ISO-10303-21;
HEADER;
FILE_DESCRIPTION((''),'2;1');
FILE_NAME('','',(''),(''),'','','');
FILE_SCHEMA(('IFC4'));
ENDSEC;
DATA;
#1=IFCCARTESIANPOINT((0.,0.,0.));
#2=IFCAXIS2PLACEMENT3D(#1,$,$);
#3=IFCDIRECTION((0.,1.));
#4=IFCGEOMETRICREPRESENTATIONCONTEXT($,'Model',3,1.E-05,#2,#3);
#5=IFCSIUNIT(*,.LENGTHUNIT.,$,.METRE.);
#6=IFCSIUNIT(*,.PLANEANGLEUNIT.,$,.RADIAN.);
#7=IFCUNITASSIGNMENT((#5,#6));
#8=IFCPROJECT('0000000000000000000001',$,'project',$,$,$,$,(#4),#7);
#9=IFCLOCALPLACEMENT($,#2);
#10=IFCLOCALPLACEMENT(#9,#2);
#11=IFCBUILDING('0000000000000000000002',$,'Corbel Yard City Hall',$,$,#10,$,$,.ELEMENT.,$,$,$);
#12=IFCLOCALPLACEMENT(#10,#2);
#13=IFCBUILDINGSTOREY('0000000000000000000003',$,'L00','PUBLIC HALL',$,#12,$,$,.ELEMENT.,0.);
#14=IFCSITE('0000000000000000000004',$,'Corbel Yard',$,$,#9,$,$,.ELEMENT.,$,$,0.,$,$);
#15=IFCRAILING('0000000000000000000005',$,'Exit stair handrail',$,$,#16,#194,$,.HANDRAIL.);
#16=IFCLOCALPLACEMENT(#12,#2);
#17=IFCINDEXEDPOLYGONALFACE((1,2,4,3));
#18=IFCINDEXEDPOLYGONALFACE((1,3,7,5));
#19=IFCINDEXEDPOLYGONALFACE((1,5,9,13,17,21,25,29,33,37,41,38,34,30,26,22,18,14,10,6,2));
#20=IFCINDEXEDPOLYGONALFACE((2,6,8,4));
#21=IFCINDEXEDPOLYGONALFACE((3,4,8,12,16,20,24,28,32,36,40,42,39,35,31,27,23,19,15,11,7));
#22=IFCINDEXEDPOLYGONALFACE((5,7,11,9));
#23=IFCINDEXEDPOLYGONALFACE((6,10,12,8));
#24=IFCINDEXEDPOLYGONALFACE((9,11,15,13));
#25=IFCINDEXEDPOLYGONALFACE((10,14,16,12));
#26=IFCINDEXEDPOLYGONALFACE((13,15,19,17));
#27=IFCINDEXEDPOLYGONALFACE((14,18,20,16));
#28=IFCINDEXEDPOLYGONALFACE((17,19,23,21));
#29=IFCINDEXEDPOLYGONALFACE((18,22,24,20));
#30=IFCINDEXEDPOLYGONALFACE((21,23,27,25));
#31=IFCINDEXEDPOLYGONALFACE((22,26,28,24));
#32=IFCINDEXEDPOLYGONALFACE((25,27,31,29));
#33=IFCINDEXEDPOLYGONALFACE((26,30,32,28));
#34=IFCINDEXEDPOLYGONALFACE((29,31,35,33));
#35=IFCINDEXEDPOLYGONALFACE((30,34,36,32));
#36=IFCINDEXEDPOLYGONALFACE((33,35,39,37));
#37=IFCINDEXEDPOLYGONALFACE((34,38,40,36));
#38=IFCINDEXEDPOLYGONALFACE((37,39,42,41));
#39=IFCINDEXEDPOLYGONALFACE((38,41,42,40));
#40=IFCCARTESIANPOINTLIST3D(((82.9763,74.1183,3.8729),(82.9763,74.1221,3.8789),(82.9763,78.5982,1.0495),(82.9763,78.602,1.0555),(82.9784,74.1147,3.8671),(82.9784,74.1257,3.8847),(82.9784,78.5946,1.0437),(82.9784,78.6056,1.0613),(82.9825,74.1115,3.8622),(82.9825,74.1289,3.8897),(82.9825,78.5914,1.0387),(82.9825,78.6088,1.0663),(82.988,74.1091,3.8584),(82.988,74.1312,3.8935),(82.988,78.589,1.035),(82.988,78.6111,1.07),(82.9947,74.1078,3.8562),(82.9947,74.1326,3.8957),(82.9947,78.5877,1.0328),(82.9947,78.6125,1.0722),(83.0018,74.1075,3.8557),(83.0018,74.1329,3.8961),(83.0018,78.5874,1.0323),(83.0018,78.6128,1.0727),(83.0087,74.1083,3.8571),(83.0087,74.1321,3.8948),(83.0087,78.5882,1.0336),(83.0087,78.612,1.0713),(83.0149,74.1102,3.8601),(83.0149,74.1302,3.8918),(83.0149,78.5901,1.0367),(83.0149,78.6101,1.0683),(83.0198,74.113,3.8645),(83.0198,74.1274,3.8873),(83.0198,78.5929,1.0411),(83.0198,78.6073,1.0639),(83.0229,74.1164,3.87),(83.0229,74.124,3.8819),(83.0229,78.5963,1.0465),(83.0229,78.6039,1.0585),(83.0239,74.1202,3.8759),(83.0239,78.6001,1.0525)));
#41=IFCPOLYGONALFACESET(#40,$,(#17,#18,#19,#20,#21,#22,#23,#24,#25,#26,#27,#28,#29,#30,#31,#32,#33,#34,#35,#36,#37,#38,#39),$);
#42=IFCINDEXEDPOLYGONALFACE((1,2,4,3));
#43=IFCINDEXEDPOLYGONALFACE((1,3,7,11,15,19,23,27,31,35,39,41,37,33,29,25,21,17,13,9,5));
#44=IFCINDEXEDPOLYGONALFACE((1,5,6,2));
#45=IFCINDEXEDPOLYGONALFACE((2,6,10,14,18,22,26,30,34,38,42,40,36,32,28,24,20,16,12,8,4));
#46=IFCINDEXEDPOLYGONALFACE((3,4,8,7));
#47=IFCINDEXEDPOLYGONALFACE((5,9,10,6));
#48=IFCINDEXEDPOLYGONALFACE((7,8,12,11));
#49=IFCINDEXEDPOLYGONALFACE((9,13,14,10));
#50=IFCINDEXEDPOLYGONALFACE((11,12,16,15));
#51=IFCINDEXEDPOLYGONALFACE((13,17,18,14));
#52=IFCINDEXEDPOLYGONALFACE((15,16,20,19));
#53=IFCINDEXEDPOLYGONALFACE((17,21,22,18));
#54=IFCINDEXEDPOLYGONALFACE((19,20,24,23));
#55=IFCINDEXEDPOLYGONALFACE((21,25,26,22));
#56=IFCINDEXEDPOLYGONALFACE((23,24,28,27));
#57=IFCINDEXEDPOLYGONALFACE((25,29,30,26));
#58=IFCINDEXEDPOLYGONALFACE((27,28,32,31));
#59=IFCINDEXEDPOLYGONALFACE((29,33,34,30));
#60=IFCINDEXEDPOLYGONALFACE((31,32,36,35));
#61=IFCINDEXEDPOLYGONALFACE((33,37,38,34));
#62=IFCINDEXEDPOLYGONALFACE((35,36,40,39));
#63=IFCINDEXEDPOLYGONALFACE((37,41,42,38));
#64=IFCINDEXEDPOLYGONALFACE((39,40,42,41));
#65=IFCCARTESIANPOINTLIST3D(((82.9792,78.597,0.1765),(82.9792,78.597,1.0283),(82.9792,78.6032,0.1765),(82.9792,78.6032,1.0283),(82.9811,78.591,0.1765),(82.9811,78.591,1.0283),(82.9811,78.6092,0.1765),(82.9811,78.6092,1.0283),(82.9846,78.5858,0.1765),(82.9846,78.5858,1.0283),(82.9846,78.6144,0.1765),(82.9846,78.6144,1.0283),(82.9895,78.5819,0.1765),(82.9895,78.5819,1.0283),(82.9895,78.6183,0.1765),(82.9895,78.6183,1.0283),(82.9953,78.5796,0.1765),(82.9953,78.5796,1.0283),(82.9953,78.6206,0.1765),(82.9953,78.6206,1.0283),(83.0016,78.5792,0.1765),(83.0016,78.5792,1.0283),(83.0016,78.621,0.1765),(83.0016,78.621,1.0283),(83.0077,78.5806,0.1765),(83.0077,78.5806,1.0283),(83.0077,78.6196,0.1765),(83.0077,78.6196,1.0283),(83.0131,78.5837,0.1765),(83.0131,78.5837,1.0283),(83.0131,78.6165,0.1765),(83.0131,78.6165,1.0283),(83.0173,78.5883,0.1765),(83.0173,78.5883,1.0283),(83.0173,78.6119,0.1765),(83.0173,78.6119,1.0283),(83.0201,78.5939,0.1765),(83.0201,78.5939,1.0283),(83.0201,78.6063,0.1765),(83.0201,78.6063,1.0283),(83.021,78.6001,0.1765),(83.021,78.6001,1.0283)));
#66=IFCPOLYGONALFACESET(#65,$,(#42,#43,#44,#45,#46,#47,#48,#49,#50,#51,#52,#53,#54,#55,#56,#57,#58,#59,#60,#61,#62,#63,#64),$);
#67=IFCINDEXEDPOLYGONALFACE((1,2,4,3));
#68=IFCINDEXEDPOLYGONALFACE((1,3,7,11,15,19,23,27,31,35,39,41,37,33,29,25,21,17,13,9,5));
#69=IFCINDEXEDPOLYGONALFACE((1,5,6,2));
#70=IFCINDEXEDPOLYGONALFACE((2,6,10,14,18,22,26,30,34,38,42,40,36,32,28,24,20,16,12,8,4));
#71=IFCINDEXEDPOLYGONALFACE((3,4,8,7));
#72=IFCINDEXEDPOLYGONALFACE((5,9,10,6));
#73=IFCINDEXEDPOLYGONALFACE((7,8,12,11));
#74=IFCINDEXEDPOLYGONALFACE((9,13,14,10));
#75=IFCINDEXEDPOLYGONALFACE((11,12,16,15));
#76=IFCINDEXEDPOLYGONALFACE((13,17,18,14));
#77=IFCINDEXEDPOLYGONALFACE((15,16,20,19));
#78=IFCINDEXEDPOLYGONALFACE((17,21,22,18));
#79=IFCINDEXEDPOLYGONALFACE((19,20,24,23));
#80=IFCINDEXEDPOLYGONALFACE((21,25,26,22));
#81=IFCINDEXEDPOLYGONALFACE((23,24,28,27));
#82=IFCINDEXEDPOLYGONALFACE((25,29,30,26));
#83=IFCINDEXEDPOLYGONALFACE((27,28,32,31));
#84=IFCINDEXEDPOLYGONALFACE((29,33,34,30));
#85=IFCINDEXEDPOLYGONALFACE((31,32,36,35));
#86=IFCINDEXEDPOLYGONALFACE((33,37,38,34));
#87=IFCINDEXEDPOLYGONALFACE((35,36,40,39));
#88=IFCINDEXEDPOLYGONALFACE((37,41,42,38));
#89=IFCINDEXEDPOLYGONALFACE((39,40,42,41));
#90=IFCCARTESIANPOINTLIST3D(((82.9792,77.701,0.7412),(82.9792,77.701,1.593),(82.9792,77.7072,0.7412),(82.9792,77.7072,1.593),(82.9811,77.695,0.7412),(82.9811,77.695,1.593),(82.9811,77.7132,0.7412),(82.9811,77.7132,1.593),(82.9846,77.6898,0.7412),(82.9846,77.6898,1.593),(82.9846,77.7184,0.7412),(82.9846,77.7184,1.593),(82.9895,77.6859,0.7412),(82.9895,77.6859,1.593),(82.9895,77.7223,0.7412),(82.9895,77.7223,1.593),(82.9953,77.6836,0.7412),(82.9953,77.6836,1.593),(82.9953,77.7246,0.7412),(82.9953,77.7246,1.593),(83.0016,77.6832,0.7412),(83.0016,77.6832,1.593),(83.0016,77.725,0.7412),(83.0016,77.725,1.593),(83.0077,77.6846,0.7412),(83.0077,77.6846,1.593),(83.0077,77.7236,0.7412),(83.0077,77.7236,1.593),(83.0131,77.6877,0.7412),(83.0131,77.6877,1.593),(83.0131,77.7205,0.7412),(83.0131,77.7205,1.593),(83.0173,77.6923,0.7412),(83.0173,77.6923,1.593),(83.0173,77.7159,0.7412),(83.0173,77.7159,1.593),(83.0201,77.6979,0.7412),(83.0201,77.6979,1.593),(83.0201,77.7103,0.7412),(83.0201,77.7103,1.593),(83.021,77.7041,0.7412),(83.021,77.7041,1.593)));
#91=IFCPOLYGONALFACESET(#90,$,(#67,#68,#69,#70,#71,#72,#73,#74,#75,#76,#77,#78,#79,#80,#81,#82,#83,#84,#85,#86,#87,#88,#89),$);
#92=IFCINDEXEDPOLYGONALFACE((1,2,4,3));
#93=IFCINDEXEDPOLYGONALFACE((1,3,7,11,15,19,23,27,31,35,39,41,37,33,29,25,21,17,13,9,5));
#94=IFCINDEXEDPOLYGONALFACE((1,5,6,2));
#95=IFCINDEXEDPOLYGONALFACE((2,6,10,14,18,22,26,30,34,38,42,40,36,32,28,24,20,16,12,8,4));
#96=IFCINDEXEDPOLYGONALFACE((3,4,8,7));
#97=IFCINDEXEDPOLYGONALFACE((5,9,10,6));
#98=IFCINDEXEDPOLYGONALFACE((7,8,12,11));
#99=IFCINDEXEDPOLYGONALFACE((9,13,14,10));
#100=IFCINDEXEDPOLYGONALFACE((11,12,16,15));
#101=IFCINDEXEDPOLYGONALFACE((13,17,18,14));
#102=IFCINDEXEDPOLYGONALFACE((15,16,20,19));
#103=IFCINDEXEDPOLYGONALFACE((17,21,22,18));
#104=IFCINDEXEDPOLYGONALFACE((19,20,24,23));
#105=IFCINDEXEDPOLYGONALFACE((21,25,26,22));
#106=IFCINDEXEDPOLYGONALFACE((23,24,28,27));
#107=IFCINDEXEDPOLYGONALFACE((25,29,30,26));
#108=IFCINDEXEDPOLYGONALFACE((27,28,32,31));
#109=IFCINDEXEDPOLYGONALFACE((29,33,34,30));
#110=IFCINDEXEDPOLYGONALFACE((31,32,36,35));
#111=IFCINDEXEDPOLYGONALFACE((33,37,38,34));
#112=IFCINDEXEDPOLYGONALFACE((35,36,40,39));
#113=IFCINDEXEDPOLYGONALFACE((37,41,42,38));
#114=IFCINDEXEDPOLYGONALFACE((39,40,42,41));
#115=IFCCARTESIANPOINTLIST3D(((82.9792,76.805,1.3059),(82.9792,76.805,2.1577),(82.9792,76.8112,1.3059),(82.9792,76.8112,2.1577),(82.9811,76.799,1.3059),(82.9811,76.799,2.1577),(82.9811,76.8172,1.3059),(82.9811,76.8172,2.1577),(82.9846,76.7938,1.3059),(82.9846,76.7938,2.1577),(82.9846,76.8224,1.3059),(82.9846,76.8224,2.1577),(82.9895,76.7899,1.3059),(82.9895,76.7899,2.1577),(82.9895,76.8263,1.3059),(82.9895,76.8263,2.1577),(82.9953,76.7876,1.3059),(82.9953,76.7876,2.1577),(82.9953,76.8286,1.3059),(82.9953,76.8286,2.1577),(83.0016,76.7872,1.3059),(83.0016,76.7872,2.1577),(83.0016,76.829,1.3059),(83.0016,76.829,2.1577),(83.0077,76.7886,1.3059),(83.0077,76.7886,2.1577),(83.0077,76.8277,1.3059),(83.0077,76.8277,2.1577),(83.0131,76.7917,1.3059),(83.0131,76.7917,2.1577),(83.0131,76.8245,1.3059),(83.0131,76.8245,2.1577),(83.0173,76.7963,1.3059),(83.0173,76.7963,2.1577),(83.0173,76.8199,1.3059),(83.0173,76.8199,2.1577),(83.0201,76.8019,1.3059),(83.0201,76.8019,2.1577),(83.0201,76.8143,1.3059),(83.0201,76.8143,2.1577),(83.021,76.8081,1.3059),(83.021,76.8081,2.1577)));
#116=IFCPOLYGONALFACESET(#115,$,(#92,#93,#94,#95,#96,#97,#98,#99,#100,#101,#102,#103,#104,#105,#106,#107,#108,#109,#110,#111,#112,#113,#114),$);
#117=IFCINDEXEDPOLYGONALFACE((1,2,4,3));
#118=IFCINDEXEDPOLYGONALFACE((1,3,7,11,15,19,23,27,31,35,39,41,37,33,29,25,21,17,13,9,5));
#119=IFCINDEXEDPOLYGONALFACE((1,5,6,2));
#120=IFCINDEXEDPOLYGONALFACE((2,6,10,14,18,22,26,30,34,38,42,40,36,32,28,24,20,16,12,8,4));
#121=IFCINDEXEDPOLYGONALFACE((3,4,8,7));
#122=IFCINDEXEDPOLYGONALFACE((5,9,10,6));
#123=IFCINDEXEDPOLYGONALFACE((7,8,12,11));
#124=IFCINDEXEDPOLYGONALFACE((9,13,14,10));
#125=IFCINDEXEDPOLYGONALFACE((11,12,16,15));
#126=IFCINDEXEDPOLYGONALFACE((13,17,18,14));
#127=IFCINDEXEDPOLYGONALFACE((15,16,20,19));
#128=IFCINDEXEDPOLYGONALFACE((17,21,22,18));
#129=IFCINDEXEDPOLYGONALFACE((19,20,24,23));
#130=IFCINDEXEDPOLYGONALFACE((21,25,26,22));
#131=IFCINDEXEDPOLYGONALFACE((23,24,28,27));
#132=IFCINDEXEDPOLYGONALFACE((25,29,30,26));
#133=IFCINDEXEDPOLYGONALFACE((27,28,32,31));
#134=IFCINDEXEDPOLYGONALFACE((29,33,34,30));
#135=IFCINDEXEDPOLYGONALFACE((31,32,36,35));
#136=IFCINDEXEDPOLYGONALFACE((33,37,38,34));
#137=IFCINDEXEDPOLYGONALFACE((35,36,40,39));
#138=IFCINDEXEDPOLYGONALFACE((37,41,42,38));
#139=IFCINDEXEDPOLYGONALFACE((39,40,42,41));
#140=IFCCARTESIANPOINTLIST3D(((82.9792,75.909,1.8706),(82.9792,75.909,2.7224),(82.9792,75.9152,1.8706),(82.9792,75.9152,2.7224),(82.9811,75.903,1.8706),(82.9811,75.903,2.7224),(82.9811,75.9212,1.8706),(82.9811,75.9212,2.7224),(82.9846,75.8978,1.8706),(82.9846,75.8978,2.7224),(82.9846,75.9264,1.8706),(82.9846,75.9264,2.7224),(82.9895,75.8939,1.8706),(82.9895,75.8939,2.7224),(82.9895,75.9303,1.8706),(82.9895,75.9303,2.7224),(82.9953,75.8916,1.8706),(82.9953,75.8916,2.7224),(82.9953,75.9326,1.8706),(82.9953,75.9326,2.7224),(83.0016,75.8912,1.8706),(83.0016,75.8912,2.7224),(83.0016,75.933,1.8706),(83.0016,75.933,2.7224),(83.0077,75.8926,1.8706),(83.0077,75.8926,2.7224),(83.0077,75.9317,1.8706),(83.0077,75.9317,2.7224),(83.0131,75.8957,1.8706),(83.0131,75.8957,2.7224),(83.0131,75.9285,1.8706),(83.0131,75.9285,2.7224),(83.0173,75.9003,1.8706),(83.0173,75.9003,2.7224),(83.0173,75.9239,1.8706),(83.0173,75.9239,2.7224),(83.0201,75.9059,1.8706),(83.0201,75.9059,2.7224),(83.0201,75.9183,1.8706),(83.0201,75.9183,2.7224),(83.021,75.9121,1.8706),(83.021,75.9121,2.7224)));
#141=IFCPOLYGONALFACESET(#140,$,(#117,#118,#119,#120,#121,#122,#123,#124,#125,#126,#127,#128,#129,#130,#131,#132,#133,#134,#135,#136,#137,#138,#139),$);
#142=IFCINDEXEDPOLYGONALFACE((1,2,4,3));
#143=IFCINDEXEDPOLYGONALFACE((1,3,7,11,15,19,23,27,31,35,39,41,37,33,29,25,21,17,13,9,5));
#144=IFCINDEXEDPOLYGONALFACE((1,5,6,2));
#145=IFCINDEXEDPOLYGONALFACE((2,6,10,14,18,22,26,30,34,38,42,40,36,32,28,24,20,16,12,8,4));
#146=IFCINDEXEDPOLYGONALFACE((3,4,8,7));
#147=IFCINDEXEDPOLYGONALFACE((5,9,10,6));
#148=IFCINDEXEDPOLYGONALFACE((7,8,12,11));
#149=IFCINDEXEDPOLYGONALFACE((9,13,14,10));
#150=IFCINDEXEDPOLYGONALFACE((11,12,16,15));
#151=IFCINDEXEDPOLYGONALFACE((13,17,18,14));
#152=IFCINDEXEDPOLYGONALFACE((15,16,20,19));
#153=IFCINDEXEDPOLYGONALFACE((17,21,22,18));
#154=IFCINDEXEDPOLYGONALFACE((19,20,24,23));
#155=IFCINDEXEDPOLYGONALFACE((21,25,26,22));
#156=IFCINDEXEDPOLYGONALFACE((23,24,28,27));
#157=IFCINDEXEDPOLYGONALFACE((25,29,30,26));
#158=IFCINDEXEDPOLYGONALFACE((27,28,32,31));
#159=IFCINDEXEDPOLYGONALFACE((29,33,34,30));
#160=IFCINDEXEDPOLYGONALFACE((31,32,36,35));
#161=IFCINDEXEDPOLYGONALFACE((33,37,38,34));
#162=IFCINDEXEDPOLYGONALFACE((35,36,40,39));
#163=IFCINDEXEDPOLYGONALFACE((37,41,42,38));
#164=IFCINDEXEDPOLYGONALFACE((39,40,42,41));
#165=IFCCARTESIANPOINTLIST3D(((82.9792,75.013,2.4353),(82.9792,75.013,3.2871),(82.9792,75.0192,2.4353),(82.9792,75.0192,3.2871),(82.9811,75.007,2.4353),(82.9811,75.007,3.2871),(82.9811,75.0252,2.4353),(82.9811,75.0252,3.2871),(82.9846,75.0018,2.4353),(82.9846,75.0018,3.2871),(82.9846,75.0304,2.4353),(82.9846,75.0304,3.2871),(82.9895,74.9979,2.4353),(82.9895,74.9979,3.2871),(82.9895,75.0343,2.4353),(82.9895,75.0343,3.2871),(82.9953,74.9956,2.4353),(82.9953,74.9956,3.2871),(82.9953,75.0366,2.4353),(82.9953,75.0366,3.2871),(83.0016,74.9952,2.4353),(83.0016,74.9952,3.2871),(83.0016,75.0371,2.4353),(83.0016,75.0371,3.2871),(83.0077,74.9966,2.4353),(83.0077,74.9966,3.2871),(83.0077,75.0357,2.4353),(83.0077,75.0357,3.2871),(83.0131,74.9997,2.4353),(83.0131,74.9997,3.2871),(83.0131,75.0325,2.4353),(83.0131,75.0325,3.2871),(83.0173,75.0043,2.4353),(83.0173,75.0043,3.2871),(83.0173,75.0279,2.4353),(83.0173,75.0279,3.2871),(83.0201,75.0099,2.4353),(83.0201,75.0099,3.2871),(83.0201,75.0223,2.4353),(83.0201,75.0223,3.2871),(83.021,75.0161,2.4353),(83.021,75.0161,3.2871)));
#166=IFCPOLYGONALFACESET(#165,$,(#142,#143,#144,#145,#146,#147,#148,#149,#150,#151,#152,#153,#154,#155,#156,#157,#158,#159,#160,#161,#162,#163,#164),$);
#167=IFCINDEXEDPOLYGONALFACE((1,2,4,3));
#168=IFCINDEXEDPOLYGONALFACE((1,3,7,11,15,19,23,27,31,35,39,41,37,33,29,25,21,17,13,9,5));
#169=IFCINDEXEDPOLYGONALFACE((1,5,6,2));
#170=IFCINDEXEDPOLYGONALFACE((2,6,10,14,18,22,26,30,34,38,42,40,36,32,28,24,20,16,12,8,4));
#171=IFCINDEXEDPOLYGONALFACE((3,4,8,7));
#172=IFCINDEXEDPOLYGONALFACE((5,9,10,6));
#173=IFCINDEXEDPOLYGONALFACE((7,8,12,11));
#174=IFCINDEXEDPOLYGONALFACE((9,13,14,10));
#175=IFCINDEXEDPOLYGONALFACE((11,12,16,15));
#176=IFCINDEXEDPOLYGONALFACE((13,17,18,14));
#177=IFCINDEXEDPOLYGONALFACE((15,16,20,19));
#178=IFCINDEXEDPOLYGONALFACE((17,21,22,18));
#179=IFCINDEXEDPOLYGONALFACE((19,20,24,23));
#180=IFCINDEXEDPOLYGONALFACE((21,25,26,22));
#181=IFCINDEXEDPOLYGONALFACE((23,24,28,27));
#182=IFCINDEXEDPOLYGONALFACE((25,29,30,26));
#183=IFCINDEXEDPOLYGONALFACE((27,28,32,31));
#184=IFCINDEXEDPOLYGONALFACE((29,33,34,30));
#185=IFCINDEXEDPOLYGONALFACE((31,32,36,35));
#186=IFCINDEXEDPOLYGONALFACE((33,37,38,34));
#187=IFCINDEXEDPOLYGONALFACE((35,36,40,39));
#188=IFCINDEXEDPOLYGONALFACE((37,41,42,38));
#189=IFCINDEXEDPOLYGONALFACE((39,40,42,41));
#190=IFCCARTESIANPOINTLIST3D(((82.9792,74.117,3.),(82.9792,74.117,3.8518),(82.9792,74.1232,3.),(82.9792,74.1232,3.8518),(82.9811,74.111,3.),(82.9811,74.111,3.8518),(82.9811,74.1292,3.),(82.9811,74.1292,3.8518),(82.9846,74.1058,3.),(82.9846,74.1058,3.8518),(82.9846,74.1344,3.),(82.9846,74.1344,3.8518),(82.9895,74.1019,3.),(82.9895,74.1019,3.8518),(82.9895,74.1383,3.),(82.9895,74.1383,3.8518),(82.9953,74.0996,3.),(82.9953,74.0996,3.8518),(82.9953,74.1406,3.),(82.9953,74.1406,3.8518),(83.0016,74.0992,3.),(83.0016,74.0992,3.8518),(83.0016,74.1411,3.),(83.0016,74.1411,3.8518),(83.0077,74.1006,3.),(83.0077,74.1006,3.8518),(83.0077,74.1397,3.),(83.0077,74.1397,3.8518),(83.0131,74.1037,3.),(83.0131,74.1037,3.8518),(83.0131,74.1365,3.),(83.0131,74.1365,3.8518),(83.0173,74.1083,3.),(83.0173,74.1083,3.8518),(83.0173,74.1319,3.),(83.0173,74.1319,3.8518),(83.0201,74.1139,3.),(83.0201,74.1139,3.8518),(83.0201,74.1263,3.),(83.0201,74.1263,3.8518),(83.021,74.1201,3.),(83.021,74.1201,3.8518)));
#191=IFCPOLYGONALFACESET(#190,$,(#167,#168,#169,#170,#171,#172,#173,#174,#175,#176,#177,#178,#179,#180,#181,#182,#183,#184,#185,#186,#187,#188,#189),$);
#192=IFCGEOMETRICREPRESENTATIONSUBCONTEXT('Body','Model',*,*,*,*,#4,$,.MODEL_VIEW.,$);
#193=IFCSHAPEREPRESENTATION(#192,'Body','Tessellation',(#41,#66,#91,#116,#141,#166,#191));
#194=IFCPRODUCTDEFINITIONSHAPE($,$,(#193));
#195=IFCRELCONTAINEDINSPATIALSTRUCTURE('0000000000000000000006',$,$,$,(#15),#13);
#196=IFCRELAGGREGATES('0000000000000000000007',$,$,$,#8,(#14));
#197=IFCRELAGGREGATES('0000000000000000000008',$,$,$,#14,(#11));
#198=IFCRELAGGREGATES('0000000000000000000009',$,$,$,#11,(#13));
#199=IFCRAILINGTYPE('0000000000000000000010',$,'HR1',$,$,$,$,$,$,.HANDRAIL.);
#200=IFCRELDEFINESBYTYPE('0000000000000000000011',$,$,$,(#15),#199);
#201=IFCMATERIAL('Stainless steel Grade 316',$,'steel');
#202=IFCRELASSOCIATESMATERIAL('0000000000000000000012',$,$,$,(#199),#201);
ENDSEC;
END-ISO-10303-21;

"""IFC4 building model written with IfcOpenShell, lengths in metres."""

from ifc_helpers import new_model, si_unit, direction, frame, origin, origin_2d, place, context, subcontext, project, spatial, circle, extrude, material, type_object, element, save


model = new_model("IFC4")

# Units and contexts
model_context = context("Model", 3, precision=1e-05, world=origin(), true_north=direction((0.0, 1.0)))
body_context = subcontext(model_context, "Body", "Model", "MODEL_VIEW")
ifc_project = project(units=[si_unit("LENGTHUNIT", "METRE"), si_unit("PLANEANGLEUNIT", "RADIAN")], contexts=[model_context])

# Site, building, storey
site_placement = place(None, origin())
site = spatial("IfcSite", under=ifc_project, at=site_placement, Name="Corbel Yard", CompositionType="ELEMENT", RefElevation=0.0)
building_placement = place(site_placement, origin())
building = spatial("IfcBuilding", under=site, at=building_placement, Name="Corbel Yard City Hall", CompositionType="ELEMENT")
storey_placement = place(building_placement, origin())
storey = spatial("IfcBuildingStorey", under=building, at=storey_placement, Name="L00", Description="PUBLIC HALL", CompositionType="ELEMENT", Elevation=0.0)

# Shared definitions
ifc_material_1 = material(Name="Stainless steel Grade 316", Category="steel")

# Railing
railing_type = type_object("IfcRailingType", Name="HR1", PredefinedType="HANDRAIL", material=ifc_material_1)
for number, where, name in (
    (1, (83.0, 78.6001, 0.1765), "Exit stair handrail"),
):
    element("IfcRailing", number, at=place(storey_placement, frame(where)), inside=storey, type_object=railing_type, Name=name, PredefinedType="HANDRAIL", context=body_context, shape_type="SweptSolid", body=[
        extrude(circle(Radius=0.0239, at=origin_2d()), frame((0.0, 0.0, 0.876), z_axis=(0.0, -0.845998, 0.533186), x_axis=(1.0, 0.0, 0.0)), (0.0, 0.0, 1.0), 5.2954),
        extrude(circle(Radius=0.021, at=origin_2d()), origin(), (0.0, 0.0, 1.0), 0.8518),
        extrude(circle(Radius=0.021, at=origin_2d()), frame((0.0, -0.896, 0.5647)), (0.0, 0.0, 1.0), 0.8518),
        extrude(circle(Radius=0.021, at=origin_2d()), frame((0.0, -1.792, 1.1294)), (0.0, 0.0, 1.0), 0.8518),
        extrude(circle(Radius=0.021, at=origin_2d()), frame((0.0, -2.688, 1.6941)), (0.0, 0.0, 1.0), 0.8518),
        extrude(circle(Radius=0.021, at=origin_2d()), frame((0.0, -3.584, 2.2588)), (0.0, 0.0, 1.0), 0.8518),
        extrude(circle(Radius=0.021, at=origin_2d()), frame((0.0, -4.48, 2.8235)), (0.0, 0.0, 1.0), 0.8518),
    ])

save(model, "model.ifc")
